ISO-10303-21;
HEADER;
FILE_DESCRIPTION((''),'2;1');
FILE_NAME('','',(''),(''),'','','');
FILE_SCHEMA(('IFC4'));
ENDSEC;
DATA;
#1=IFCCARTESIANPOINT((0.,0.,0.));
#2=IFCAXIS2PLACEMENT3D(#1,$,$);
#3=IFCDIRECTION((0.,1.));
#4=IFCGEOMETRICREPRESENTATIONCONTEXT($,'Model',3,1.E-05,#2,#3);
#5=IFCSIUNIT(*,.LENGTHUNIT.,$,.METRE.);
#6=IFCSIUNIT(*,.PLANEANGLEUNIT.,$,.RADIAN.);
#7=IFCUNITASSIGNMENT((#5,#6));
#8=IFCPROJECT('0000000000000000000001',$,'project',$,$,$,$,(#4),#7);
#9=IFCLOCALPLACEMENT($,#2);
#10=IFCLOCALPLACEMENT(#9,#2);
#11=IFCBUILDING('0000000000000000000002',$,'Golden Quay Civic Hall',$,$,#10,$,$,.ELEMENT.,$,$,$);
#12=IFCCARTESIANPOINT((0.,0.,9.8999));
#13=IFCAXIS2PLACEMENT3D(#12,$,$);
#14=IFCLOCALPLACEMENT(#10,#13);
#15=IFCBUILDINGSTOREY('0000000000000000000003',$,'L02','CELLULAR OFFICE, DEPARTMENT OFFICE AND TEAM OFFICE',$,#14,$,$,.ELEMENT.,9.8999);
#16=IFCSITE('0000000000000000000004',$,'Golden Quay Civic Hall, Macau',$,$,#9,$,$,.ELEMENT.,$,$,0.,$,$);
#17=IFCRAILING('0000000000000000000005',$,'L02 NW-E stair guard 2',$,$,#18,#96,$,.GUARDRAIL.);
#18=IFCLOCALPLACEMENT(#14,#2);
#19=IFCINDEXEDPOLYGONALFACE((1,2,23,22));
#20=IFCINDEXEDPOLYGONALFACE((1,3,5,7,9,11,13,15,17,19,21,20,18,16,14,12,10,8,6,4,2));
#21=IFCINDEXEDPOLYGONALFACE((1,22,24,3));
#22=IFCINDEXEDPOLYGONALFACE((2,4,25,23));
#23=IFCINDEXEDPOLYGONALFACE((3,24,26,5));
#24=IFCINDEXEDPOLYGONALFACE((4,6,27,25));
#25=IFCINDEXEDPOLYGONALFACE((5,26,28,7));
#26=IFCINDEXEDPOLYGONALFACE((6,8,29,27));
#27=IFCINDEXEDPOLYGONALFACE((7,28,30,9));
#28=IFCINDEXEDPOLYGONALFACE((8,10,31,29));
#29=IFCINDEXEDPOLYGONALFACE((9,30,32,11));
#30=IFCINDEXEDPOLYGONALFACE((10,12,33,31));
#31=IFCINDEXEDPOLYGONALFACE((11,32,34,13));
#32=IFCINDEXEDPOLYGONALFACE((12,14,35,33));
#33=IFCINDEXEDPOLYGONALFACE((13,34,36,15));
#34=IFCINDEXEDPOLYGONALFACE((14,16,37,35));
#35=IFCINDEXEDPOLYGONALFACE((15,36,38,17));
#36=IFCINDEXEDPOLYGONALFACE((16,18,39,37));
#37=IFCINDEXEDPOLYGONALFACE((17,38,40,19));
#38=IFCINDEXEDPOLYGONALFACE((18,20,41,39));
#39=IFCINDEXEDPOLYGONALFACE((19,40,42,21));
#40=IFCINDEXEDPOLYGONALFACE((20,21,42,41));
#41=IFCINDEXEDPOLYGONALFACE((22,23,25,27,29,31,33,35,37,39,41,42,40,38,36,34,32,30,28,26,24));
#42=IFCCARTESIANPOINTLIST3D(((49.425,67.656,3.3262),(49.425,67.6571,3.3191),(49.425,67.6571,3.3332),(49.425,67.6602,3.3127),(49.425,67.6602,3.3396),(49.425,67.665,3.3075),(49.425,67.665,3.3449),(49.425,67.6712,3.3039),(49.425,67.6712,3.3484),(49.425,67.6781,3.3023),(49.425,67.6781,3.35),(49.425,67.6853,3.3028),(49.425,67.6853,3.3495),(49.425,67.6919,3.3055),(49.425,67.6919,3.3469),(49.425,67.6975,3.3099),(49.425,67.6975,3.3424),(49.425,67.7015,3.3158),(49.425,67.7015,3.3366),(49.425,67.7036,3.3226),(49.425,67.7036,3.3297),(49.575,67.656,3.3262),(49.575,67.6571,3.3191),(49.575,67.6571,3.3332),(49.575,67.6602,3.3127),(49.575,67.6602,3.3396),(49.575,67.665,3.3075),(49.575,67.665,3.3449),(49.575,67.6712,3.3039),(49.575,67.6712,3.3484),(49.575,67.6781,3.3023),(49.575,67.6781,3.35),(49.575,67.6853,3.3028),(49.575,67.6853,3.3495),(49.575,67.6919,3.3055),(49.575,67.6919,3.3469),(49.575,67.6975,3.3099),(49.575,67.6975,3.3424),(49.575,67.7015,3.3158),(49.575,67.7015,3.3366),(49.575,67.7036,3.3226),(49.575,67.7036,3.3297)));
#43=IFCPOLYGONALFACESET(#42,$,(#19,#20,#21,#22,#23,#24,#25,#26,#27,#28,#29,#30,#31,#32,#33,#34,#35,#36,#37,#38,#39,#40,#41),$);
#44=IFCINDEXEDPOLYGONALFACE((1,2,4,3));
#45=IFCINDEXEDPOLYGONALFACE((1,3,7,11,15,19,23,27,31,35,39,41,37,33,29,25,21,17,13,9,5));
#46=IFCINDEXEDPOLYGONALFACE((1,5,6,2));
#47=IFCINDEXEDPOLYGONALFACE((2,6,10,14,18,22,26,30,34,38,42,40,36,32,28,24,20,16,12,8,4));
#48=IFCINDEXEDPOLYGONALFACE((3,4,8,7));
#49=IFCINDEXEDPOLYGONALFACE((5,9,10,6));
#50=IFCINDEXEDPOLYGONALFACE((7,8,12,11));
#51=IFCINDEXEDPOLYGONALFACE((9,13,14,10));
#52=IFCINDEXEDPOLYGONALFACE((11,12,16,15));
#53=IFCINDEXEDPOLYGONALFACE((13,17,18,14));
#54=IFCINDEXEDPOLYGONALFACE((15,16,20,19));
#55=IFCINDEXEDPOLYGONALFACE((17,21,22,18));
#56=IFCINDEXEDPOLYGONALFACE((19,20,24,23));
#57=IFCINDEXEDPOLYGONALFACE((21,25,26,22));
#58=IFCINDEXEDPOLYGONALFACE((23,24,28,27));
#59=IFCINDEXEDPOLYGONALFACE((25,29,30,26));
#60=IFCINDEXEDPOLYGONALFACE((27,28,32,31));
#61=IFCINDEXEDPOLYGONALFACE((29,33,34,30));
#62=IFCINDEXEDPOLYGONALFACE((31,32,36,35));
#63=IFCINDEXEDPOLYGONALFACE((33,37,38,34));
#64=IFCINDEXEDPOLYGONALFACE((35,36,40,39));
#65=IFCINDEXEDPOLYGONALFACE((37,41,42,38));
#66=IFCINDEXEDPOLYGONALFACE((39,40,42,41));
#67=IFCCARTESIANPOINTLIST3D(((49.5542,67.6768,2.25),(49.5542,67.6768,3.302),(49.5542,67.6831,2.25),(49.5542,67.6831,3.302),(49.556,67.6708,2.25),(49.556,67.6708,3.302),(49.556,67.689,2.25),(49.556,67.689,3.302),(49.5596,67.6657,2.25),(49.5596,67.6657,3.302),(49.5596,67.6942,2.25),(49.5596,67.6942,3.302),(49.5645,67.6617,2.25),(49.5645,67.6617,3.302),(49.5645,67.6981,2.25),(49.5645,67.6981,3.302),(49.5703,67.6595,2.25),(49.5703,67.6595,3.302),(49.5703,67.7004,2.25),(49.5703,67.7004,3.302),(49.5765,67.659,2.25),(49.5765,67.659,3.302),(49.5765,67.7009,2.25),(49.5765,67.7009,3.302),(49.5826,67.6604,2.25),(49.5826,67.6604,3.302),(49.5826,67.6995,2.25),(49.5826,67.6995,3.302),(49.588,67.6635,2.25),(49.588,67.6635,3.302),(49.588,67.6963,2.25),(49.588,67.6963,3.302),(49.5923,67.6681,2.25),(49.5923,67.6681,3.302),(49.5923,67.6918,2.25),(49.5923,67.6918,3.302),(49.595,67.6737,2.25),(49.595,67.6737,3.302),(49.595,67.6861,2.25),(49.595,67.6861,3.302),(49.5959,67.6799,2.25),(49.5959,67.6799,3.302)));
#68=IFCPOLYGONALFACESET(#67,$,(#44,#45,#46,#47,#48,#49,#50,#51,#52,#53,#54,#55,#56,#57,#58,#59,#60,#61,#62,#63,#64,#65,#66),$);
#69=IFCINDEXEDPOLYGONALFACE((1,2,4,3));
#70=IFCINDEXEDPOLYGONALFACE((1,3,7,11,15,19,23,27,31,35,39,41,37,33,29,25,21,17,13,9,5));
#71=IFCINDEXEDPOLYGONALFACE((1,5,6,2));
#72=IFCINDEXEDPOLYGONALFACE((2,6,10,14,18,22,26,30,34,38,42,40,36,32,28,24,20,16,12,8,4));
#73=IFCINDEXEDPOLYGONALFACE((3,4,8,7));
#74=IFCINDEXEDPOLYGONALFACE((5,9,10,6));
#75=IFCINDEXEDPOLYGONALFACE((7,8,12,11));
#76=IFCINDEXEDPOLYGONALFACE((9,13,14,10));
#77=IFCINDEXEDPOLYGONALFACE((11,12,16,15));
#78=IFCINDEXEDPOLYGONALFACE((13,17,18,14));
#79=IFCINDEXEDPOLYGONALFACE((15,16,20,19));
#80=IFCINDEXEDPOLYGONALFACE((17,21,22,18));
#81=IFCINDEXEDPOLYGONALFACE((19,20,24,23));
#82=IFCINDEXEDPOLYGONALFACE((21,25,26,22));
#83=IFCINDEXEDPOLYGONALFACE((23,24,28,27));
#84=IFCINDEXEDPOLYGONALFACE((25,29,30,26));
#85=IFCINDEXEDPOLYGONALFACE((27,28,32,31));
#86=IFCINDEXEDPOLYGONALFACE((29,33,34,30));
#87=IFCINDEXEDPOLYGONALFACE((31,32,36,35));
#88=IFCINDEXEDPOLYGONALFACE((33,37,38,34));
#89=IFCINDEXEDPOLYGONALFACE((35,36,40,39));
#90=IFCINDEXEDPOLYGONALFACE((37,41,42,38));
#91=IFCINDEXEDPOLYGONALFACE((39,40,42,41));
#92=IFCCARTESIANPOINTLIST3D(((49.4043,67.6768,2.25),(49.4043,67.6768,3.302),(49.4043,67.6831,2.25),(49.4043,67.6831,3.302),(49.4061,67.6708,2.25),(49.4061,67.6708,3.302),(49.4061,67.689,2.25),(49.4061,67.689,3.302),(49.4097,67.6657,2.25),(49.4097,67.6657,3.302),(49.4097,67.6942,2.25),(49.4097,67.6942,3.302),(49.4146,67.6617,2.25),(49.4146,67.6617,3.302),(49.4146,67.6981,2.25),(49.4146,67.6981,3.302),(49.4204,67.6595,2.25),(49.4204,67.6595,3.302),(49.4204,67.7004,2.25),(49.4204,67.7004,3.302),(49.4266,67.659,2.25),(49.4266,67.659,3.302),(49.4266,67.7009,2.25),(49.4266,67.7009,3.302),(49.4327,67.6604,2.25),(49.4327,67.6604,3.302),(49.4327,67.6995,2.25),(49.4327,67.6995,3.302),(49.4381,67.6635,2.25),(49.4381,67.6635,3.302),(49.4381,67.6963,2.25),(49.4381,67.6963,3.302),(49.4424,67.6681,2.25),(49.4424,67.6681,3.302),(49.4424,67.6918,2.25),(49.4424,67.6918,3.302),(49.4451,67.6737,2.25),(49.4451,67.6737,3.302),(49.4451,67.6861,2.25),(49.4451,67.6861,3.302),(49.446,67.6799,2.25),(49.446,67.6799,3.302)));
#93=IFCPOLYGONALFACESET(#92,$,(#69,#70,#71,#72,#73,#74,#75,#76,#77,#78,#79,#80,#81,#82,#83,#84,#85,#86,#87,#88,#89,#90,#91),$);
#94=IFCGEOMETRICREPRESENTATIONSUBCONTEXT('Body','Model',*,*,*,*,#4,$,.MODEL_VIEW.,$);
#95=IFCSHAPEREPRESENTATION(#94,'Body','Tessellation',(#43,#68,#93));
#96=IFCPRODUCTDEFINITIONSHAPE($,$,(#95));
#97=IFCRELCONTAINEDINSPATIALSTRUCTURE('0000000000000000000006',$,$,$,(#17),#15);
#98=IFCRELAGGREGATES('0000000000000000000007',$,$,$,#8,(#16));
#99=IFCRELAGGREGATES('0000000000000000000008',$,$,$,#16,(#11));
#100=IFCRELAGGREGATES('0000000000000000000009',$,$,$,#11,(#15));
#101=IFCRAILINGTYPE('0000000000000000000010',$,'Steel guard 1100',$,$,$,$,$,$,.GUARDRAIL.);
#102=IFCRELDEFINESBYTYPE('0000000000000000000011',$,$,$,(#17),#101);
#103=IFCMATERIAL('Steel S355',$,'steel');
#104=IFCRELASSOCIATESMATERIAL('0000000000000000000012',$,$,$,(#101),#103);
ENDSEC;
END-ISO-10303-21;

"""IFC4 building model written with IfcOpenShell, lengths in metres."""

from ifc_helpers import new_model, si_unit, direction, frame, origin, origin_2d, place, context, subcontext, project, spatial, circle, extrude, material, type_object, element, save


model = new_model("IFC4")

# Units and contexts
model_context = context("Model", 3, precision=1e-05, world=origin(), true_north=direction((0.0, 1.0)))
body_context = subcontext(model_context, "Body", "Model", "MODEL_VIEW")
ifc_project = project(units=[si_unit("LENGTHUNIT", "METRE"), si_unit("PLANEANGLEUNIT", "RADIAN")], contexts=[model_context])

# Site, building, storey
site_placement = place(None, origin())
site = spatial("IfcSite", under=ifc_project, at=site_placement, Name="Golden Quay Civic Hall, Macau", CompositionType="ELEMENT", RefElevation=0.0)
building_placement = place(site_placement, origin())
building = spatial("IfcBuilding", under=site, at=building_placement, Name="Golden Quay Civic Hall", CompositionType="ELEMENT")
storey_placement = place(building_placement, frame((0.0, 0.0, 9.8999)))
storey = spatial("IfcBuildingStorey", under=building, at=storey_placement, Name="L02", Description="CELLULAR OFFICE, DEPARTMENT OFFICE AND TEAM OFFICE", CompositionType="ELEMENT", Elevation=9.8999)

# Railing
ifc_material_1 = material(Name="Steel S355", Category="steel")
railing_type_1 = type_object("IfcRailingType", Name="Steel guard 1100", PredefinedType="GUARDRAIL", material=ifc_material_1)
railing_1_placement = place(storey_placement, frame((49.575, 67.6799, 2.25)))
element("IfcRailing", 1, at=railing_1_placement, inside=storey, type_object=railing_type_1, Name="L02 NW-E stair guard 2", PredefinedType="GUARDRAIL", context=body_context, shape_type="SweptSolid", body=[
    extrude(circle(Radius=0.0239, at=origin_2d()), frame((0.0, 0.0, 1.0762), z_axis=(-1.0, 0.0, 0.0), x_axis=(0.0, -1.0, 0.0)), (0.0, 0.0, 1.0), 0.1499),
    extrude(circle(Radius=0.021, at=origin_2d()), origin(), (0.0, 0.0, 1.0), 1.052),
    extrude(circle(Radius=0.021, at=origin_2d()), frame((-0.1499, 0.0, 0.0)), (0.0, 0.0, 1.0), 1.052),
])

save(model, "model.ifc")
